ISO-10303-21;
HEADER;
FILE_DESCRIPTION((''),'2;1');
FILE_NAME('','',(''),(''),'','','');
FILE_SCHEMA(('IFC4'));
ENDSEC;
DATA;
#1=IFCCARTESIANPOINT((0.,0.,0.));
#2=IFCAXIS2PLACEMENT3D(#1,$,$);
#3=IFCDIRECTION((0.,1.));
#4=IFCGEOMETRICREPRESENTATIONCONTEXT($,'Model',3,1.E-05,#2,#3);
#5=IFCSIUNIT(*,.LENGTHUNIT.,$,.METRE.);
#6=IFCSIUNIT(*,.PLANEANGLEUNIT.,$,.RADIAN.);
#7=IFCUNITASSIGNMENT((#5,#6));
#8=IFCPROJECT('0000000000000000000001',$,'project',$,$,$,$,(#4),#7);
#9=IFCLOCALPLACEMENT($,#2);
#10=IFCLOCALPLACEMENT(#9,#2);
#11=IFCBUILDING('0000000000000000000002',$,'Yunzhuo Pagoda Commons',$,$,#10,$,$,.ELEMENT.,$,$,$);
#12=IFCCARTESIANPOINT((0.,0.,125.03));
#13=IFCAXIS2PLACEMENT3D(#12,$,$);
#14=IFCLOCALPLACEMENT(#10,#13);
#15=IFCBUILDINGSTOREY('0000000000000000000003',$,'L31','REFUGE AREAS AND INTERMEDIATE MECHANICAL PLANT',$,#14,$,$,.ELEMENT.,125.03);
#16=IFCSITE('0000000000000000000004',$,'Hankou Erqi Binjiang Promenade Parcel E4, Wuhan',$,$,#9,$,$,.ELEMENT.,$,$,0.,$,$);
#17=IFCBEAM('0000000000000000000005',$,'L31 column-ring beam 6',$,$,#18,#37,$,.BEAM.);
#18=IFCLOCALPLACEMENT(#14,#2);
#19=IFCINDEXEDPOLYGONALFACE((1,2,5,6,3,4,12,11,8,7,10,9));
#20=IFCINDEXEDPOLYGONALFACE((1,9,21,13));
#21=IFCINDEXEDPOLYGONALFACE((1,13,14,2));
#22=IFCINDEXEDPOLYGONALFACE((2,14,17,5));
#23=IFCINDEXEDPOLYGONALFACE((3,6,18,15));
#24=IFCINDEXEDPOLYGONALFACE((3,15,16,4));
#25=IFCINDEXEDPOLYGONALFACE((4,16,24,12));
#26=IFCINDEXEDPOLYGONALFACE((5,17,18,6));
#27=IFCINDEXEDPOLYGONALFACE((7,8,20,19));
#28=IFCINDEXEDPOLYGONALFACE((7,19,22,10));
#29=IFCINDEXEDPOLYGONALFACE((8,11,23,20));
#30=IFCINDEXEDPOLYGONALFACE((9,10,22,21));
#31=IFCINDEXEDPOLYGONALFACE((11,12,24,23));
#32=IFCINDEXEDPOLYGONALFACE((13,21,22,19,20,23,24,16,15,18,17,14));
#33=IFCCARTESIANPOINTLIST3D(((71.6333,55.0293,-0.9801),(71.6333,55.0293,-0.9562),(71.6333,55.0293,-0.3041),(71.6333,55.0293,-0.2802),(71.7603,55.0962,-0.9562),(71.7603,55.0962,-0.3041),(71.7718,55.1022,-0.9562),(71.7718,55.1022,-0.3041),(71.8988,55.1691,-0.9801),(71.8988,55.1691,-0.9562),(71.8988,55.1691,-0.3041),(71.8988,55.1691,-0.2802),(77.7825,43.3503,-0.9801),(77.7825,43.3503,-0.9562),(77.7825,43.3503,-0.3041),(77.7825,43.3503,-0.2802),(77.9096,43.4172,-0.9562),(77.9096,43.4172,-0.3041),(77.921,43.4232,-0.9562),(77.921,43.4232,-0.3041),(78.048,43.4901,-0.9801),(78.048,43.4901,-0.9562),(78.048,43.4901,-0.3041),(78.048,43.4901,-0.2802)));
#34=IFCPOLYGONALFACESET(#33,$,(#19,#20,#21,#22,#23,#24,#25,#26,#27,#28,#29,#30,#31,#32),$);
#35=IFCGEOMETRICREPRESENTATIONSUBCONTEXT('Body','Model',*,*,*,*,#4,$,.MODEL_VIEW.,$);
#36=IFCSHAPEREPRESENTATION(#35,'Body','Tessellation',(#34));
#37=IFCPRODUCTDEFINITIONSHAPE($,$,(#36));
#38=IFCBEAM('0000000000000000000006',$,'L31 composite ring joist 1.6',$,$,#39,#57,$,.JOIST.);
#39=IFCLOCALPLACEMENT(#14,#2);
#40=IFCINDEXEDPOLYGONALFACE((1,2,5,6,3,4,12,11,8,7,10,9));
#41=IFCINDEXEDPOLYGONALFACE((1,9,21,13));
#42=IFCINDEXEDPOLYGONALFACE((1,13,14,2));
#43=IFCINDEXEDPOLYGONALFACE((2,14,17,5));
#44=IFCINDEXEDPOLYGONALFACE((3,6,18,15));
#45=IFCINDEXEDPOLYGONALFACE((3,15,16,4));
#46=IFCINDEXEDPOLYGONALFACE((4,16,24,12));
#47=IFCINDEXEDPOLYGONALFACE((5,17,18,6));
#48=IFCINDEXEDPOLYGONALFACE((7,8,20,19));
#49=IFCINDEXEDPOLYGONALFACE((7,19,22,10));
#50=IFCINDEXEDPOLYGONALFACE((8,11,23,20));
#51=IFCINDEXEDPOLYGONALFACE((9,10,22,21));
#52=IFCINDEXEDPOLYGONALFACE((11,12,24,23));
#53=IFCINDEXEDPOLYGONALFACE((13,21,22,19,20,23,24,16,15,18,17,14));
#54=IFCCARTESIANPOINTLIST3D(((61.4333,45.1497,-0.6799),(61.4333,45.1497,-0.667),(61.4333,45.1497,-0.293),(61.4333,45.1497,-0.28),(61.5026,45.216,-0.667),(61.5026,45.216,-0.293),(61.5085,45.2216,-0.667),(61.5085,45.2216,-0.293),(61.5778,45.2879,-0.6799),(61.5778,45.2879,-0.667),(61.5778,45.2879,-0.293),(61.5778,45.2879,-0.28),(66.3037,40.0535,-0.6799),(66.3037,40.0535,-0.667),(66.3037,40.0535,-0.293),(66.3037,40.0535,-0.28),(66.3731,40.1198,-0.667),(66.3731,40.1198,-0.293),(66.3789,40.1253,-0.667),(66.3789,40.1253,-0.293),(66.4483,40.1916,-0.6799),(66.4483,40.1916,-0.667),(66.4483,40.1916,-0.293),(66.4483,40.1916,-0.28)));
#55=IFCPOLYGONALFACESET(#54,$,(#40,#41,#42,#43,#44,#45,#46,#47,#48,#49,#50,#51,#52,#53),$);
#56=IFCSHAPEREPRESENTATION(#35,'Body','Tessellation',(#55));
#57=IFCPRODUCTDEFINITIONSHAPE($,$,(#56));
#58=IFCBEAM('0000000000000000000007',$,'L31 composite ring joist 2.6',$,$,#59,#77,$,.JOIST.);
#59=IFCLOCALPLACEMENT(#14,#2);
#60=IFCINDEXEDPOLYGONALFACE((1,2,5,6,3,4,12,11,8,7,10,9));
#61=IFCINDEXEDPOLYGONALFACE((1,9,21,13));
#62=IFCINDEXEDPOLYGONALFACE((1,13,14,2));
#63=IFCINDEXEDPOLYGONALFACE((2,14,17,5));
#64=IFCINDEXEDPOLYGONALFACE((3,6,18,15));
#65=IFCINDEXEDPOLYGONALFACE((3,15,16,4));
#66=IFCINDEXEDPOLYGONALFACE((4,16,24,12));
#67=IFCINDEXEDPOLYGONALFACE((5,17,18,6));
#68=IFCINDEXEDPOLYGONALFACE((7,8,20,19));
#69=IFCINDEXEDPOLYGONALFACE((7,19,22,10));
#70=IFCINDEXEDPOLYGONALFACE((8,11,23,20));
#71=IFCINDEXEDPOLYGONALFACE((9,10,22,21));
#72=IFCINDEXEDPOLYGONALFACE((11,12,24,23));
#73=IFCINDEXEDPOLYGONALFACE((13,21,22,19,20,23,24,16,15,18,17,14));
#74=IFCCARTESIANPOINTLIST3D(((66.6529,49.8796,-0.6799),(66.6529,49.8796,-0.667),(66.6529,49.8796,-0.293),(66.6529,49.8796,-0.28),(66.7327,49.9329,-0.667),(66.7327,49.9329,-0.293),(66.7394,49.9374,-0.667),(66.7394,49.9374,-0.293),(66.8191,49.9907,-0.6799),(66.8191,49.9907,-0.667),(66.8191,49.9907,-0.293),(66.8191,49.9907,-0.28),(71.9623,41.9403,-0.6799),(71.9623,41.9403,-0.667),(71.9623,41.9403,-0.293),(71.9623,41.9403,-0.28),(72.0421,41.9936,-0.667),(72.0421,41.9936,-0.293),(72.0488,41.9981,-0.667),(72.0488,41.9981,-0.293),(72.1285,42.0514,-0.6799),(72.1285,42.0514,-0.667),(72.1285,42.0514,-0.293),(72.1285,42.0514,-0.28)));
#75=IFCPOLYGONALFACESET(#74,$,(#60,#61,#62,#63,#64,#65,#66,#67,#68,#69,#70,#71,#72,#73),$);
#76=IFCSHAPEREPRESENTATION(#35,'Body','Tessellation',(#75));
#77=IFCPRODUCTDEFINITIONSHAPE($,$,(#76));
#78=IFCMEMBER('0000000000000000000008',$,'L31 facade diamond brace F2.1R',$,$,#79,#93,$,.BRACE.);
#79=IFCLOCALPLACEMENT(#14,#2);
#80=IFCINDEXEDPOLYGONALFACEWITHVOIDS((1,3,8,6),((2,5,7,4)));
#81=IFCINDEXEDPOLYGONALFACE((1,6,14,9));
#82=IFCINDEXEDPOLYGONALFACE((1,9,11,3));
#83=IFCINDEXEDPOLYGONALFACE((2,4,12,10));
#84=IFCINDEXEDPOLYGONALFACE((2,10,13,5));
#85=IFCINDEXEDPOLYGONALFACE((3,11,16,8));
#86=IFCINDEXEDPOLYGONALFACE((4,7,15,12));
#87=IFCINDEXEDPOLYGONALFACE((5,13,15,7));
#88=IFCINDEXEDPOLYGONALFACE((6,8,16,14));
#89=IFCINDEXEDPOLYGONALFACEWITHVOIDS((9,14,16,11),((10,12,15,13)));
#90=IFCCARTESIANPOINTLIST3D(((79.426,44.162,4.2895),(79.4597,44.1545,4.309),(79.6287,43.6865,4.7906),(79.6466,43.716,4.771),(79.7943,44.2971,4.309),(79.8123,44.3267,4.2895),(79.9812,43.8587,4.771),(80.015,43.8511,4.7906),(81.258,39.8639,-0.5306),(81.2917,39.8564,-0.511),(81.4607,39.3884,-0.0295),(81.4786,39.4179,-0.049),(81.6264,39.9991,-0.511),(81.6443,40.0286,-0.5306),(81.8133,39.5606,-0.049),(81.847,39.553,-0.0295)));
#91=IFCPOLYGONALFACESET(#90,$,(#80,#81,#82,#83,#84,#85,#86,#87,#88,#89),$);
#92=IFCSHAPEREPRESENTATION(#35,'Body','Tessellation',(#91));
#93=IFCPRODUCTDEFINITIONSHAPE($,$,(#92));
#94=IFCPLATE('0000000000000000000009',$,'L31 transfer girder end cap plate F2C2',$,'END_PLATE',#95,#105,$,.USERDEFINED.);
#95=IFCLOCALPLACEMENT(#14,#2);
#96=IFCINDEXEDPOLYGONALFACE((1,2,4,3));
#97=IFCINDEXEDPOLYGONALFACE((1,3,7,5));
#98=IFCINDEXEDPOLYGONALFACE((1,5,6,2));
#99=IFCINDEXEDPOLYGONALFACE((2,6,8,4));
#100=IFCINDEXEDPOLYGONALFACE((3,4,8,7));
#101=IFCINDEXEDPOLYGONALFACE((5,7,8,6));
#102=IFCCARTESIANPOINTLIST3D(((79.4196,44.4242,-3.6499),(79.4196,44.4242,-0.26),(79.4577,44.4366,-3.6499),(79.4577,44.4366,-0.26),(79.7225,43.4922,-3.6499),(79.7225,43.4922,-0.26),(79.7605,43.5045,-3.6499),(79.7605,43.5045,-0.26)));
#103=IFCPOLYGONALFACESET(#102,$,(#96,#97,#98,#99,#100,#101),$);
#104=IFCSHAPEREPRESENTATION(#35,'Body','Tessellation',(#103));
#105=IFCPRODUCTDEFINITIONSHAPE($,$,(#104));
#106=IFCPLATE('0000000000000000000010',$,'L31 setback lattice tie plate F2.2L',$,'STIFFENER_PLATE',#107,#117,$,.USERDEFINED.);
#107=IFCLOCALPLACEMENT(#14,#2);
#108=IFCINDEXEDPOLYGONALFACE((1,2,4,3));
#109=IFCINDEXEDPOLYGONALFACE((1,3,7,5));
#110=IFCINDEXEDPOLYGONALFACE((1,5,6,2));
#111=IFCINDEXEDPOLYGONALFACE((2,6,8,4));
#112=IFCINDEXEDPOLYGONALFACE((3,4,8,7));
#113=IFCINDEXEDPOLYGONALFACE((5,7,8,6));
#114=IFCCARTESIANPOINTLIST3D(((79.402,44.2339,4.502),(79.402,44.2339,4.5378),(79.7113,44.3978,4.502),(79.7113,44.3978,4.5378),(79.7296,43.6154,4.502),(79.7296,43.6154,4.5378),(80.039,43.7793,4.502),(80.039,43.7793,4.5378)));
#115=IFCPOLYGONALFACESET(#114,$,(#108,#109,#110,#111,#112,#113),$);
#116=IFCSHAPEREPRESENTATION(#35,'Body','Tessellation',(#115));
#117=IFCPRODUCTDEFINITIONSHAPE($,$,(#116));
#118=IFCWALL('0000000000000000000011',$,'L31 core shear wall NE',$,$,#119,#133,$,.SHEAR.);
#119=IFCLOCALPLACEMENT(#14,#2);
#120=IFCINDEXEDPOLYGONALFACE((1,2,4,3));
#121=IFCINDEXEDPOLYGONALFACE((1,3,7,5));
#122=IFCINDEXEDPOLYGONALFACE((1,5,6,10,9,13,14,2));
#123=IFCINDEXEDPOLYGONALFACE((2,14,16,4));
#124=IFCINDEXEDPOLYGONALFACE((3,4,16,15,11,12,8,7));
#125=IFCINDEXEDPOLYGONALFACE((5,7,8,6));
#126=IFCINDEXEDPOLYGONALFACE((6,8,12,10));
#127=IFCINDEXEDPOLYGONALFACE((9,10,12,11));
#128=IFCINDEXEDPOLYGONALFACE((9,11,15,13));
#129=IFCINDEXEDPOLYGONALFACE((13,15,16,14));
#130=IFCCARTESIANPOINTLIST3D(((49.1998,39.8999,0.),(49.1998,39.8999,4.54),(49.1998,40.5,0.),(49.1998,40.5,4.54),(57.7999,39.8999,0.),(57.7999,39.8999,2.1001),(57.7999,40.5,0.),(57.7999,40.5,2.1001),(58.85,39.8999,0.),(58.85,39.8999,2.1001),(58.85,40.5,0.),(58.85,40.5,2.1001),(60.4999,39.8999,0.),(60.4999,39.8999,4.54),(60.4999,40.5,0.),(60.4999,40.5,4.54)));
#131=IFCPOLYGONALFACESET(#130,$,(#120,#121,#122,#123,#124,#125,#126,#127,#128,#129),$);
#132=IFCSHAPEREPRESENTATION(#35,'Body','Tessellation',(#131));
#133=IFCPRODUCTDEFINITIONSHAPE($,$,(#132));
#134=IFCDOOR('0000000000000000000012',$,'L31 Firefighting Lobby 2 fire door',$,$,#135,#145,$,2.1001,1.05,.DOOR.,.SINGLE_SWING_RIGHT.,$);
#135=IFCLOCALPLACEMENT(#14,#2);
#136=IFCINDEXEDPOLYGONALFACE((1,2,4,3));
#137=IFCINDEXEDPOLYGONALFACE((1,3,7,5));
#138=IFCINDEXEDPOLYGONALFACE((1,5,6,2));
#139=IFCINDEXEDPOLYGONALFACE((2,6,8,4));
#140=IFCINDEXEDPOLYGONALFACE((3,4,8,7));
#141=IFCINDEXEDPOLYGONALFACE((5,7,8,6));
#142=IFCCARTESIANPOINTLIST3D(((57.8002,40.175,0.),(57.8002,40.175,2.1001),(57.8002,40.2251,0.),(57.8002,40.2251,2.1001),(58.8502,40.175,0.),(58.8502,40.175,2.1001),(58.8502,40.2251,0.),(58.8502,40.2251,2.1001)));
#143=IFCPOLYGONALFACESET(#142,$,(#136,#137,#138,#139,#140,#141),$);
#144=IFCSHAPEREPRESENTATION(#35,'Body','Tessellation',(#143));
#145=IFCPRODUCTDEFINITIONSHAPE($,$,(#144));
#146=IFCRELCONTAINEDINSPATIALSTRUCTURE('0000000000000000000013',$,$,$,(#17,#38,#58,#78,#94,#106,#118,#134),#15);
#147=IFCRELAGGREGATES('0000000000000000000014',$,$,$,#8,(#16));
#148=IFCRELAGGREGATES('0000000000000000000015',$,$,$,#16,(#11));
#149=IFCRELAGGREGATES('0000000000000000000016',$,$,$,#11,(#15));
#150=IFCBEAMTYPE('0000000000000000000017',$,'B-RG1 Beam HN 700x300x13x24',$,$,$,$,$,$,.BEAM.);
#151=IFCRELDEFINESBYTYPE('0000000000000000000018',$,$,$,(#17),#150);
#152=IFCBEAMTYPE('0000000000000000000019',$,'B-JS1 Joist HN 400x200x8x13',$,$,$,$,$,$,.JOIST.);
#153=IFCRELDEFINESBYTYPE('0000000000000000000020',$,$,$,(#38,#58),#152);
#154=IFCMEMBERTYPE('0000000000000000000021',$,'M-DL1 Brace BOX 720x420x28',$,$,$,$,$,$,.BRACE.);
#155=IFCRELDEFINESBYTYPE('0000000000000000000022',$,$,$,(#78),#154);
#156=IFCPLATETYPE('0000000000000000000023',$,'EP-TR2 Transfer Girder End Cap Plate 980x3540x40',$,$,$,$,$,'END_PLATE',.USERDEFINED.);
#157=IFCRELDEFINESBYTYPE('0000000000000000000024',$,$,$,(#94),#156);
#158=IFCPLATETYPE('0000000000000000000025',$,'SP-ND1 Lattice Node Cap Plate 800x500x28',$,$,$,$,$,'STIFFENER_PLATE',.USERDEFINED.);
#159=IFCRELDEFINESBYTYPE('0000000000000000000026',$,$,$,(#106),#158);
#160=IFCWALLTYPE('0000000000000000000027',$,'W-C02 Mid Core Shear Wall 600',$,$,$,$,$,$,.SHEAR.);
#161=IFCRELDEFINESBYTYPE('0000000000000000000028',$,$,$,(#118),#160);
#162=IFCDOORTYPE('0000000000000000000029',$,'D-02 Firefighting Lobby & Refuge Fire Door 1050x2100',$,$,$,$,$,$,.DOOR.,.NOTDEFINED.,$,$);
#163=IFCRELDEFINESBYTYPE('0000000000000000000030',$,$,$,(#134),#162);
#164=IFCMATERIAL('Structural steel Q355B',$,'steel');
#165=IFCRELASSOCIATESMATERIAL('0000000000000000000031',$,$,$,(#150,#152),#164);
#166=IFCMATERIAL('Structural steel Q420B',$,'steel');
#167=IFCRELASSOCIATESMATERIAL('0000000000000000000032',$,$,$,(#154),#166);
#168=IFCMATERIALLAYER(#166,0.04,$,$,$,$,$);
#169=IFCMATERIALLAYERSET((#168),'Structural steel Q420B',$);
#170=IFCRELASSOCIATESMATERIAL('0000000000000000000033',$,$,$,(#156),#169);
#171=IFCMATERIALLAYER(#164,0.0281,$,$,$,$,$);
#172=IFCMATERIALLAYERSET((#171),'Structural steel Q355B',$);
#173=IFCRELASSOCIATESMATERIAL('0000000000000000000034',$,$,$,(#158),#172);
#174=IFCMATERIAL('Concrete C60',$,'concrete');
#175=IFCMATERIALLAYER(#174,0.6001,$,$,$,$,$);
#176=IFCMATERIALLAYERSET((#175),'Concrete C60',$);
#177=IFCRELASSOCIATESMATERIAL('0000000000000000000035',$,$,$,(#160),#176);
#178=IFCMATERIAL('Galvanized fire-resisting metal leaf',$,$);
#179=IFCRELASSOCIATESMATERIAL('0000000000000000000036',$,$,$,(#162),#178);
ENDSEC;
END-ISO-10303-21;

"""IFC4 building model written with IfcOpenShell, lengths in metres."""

from ifc_helpers import new_model, si_unit, direction, frame, frame_2d, origin, origin_2d, place, context, subcontext, project, spatial, rectangle, hollow_rectangle, i_section, extrude, source, transform, mapped, material, layer, layer_set, material_profile, profile_set, type_object, element, fill, save


model = new_model("IFC4")

# Units and contexts
model_context = context("Model", 3, precision=1e-05, world=origin(), true_north=direction((0.0, 1.0)))
body_context = subcontext(model_context, "Body", "Model", "MODEL_VIEW")
ifc_project = project(units=[si_unit("LENGTHUNIT", "METRE"), si_unit("PLANEANGLEUNIT", "RADIAN")], contexts=[model_context])

# Site, building, storey
site_placement = place(None, origin())
site = spatial("IfcSite", under=ifc_project, at=site_placement, Name="Hankou Erqi Binjiang Promenade Parcel E4, Wuhan", CompositionType="ELEMENT", RefElevation=0.0)
building_placement = place(site_placement, origin())
building = spatial("IfcBuilding", under=site, at=building_placement, Name="Yunzhuo Pagoda Commons", CompositionType="ELEMENT")
storey_placement = place(building_placement, frame((0.0, 0.0, 125.03)))
storey = spatial("IfcBuildingStorey", under=building, at=storey_placement, Name="L31", Description="REFUGE AREAS AND INTERMEDIATE MECHANICAL PLANT", CompositionType="ELEMENT", Elevation=125.03)

# Shared definitions
ifc_material_1 = material(Name="Structural steel Q420B", Category="steel")

# Beams
ifc_material_2 = material(Name="Structural steel Q355B", Category="steel")
ifc_material_profile_1 = material_profile(ifc_material_2, i_section(OverallWidth=0.3, OverallDepth=0.7, WebThickness=0.0129, FlangeThickness=0.0239, at=origin_2d()), Name="Structural steel Q355B")
ifc_profile_set_1 = profile_set([ifc_material_profile_1], Name="Structural steel Q355B")
beam_type_1 = type_object("IfcBeamType", Name="B-RG1 Beam HN 700x300x13x24", PredefinedType="BEAM", material=ifc_profile_set_1)
shared_shape_1 = source(origin(), body_context, "Body", "SweptSolid", [
    extrude(i_section(OverallWidth=0.3, OverallDepth=0.7, WebThickness=0.0129, FlangeThickness=0.0239, at=origin_2d()), origin(), (0.0, 0.0, 1.0), 13.199),
])
beam_1_placement = place(storey_placement, frame((77.9153, 43.4202, -0.6301), z_axis=(-0.465886, 0.884845, 0.0), x_axis=(-0.884845, -0.465886, 0.0)))
element("IfcBeam", 1, at=beam_1_placement, inside=storey, type_object=beam_type_1, Name="L31 column-ring beam 6", PredefinedType="BEAM", context=body_context, shape_type="MappedRepresentation", body=[
    mapped(shared_shape_1, transform((0.0, 0.0, 0.0), scale=1.0)),
])
ifc_material_profile_2 = material_profile(ifc_material_2, i_section(OverallWidth=0.2, OverallDepth=0.3999, WebThickness=0.0081, FlangeThickness=0.0129, at=origin_2d()), Name="Structural steel Q355B")
ifc_profile_set_2 = profile_set([ifc_material_profile_2], Name="Structural steel Q355B")
beam_type_2 = type_object("IfcBeamType", Name="B-JS1 Joist HN 400x200x8x13", PredefinedType="JOIST", material=ifc_profile_set_2)
shared_shape_2 = source(origin(), body_context, "Body", "SweptSolid", [
    extrude(i_section(OverallWidth=0.2, OverallDepth=0.3999, WebThickness=0.0081, FlangeThickness=0.0129, at=origin_2d()), origin(), (0.0, 0.0, 1.0), 7.0493),
])
beam_2_placement = place(storey_placement, frame((66.376, 40.1226, -0.48), z_axis=(-0.690907, 0.722943, 0.0), x_axis=(-0.722943, -0.690907, 0.0)))
element("IfcBeam", 2, at=beam_2_placement, inside=storey, type_object=beam_type_2, Name="L31 composite ring joist 1.6", PredefinedType="JOIST", context=body_context, shape_type="MappedRepresentation", body=[
    mapped(shared_shape_2, transform((0.0, 0.0, 0.0), scale=1.0)),
])
shared_shape_3 = source(origin(), body_context, "Body", "SweptSolid", [
    extrude(i_section(OverallWidth=0.2, OverallDepth=0.3999, WebThickness=0.0081, FlangeThickness=0.0129, at=origin_2d()), origin(), (0.0, 0.0, 1.0), 9.551),
])
beam_3_placement = place(storey_placement, frame((72.0454, 41.9958, -0.48), z_axis=(-0.555897, 0.831251, 0.0), x_axis=(-0.831251, -0.555897, 0.0)))
element("IfcBeam", 3, at=beam_3_placement, inside=storey, type_object=beam_type_2, Name="L31 composite ring joist 2.6", PredefinedType="JOIST", context=body_context, shape_type="MappedRepresentation", body=[
    mapped(shared_shape_3, transform((0.0, 0.0, 0.0), scale=1.0)),
])

# Member
ifc_material_profile_3 = material_profile(ifc_material_1, hollow_rectangle(XDim=0.4199, YDim=0.72, WallThickness=0.0281, at=origin_2d()), Name="Structural steel Q420B")
ifc_profile_set_3 = profile_set([ifc_material_profile_3], Name="Structural steel Q420B")
member_type = type_object("IfcMemberType", Name="M-DL1 Brace BOX 720x420x28", PredefinedType="BRACE", material=ifc_profile_set_3)
shared_shape_4 = source(origin(), body_context, "Body", "SweptSolid", [
    extrude(hollow_rectangle(XDim=0.4199, YDim=0.72, WallThickness=0.0281, at=origin_2d()), origin(), (0.0, 0.0, 1.0), 6.7129),
])
member_placement = place(storey_placement, frame((81.5525, 39.7085, -0.28), z_axis=(-0.272912, 0.640274, 0.718031), x_axis=(-0.919919, -0.392109, 0.0)))
element("IfcMember", 4, at=member_placement, inside=storey, type_object=member_type, Name="L31 facade diamond brace F2.1R", PredefinedType="BRACE", context=body_context, shape_type="MappedRepresentation", body=[
    mapped(shared_shape_4, transform((0.0, 0.0, 0.0), scale=1.0)),
])

# Plates
ifc_layer_1 = layer(ifc_material_1, 0.04)
ifc_layer_set_1 = layer_set([ifc_layer_1], Name="Structural steel Q420B")
plate_type_1 = type_object("IfcPlateType", Name="EP-TR2 Transfer Girder End Cap Plate 980x3540x40", ElementType="END_PLATE", PredefinedType="USERDEFINED", material=ifc_layer_set_1)
shared_shape_5 = source(origin(), body_context, "Body", "SweptSolid", [
    extrude(rectangle(XDim=0.98, YDim=0.04, at=origin_2d()), origin(), (0.0, 0.0, 1.0), 3.3899),
])
plate_1_placement = place(storey_placement, frame((79.5901, 43.9644, -3.6499), z_axis=(0.0, 0.0, 1.0), x_axis=(-0.309017, 0.951057, 0.0)))
element("IfcPlate", 5, at=plate_1_placement, inside=storey, type_object=plate_type_1, Name="L31 transfer girder end cap plate F2C2", ObjectType="END_PLATE", PredefinedType="USERDEFINED", context=body_context, shape_type="MappedRepresentation", body=[
    mapped(shared_shape_5, transform((0.0, 0.0, 0.0), scale=1.0)),
])
ifc_layer_2 = layer(ifc_material_2, 0.0281)
ifc_layer_set_2 = layer_set([ifc_layer_2], Name="Structural steel Q355B")
plate_type_2 = type_object("IfcPlateType", Name="SP-ND1 Lattice Node Cap Plate 800x500x28", ElementType="STIFFENER_PLATE", PredefinedType="USERDEFINED", material=ifc_layer_set_2)
shared_shape_6 = source(origin(), body_context, "Body", "SweptSolid", [
    extrude(rectangle(XDim=0.7, YDim=0.3501, at=origin_2d()), origin(), (0.0, 0.0, 1.0), 0.0359),
])
plate_2_placement = place(storey_placement, frame((79.7205, 44.0066, 4.502), z_axis=(0.0, 0.0, 1.0), x_axis=(-0.468069, 0.883692, 0.0)))
element("IfcPlate", 6, at=plate_2_placement, inside=storey, type_object=plate_type_2, Name="L31 setback lattice tie plate F2.2L", ObjectType="STIFFENER_PLATE", PredefinedType="USERDEFINED", context=body_context, shape_type="MappedRepresentation", body=[
    mapped(shared_shape_6, transform((0.0, 0.0, 0.0), scale=1.0)),
])

# Wall, opening, door
ifc_material_3 = material(Name="Concrete C60", Category="concrete")
ifc_layer_3 = layer(ifc_material_3, 0.6001)
ifc_layer_set_3 = layer_set([ifc_layer_3], Name="Concrete C60")
wall_type_1 = type_object("IfcWallType", Name="W-C02 Mid Core Shear Wall 600", PredefinedType="SHEAR", material=ifc_layer_set_3)
wall_1_placement = place(storey_placement, frame((49.2, 40.2, 0.0), z_axis=(0.0, 0.0, 1.0), x_axis=(1.0, 0.0, 0.0)))
wall_1 = element("IfcWall", 7, at=wall_1_placement, inside=storey, type_object=wall_type_1, Name="L31 core shear wall NE", PredefinedType="SHEAR", context=body_context, shape_type="SweptSolid", body=[
    extrude(rectangle(XDim=11.3, YDim=0.6001, at=frame_2d((5.6499, 0.0))), origin(), (0.0, 0.0, 1.0), 4.54),
])
opening_1_placement = place(wall_1_placement, frame((8.6001, 0.0, 0.0)))
opening_1 = element("IfcOpeningElement", 8, at=opening_1_placement, cuts=wall_1, PredefinedType="OPENING", context=body_context, shape_type="SweptSolid", body=[
    extrude(rectangle(XDim=1.05, YDim=2.1001, at=frame_2d((0.5249, 1.05))), frame((0.0, 0.3101, 0.0), z_axis=(0.0, -1.0, 0.0), x_axis=(1.0, 0.0, 0.0)), (0.0, 0.0, 1.0), 0.6201),
])
ifc_material_4 = material(Name="Galvanized fire-resisting metal leaf")
door_type_1 = type_object("IfcDoorType", Name="D-02 Firefighting Lobby & Refuge Fire Door 1050x2100", OperationType="NOTDEFINED", PredefinedType="DOOR", material=ifc_material_4)
shared_shape_7 = source(origin(), body_context, "Body", "SweptSolid", [
    extrude(rectangle(XDim=1.05, YDim=2.1001, at=frame_2d((0.5249, 1.05))), frame((0.0, 0.0249, 0.0), z_axis=(0.0, -1.0, 0.0), x_axis=(1.0, 0.0, 0.0)), (0.0, 0.0, 1.0), 0.05),
])
door_1_placement = place(opening_1_placement, frame((1.05, 0.0, 0.0), z_axis=(0.0, 0.0, 1.0), x_axis=(-1.0, 0.0, 0.0)))
door_1 = element("IfcDoor", 9, at=door_1_placement, inside=storey, type_object=door_type_1, Name="L31 Firefighting Lobby 2 fire door", OperationType="SINGLE_SWING_RIGHT", OverallHeight=2.1001, OverallWidth=1.05, PredefinedType="DOOR", context=body_context, shape_type="MappedRepresentation", body=[
    mapped(shared_shape_7, transform((0.0, 0.0, 0.0), scale=1.0)),
])
fill(opening_1, door_1)

save(model, "model.ifc")
